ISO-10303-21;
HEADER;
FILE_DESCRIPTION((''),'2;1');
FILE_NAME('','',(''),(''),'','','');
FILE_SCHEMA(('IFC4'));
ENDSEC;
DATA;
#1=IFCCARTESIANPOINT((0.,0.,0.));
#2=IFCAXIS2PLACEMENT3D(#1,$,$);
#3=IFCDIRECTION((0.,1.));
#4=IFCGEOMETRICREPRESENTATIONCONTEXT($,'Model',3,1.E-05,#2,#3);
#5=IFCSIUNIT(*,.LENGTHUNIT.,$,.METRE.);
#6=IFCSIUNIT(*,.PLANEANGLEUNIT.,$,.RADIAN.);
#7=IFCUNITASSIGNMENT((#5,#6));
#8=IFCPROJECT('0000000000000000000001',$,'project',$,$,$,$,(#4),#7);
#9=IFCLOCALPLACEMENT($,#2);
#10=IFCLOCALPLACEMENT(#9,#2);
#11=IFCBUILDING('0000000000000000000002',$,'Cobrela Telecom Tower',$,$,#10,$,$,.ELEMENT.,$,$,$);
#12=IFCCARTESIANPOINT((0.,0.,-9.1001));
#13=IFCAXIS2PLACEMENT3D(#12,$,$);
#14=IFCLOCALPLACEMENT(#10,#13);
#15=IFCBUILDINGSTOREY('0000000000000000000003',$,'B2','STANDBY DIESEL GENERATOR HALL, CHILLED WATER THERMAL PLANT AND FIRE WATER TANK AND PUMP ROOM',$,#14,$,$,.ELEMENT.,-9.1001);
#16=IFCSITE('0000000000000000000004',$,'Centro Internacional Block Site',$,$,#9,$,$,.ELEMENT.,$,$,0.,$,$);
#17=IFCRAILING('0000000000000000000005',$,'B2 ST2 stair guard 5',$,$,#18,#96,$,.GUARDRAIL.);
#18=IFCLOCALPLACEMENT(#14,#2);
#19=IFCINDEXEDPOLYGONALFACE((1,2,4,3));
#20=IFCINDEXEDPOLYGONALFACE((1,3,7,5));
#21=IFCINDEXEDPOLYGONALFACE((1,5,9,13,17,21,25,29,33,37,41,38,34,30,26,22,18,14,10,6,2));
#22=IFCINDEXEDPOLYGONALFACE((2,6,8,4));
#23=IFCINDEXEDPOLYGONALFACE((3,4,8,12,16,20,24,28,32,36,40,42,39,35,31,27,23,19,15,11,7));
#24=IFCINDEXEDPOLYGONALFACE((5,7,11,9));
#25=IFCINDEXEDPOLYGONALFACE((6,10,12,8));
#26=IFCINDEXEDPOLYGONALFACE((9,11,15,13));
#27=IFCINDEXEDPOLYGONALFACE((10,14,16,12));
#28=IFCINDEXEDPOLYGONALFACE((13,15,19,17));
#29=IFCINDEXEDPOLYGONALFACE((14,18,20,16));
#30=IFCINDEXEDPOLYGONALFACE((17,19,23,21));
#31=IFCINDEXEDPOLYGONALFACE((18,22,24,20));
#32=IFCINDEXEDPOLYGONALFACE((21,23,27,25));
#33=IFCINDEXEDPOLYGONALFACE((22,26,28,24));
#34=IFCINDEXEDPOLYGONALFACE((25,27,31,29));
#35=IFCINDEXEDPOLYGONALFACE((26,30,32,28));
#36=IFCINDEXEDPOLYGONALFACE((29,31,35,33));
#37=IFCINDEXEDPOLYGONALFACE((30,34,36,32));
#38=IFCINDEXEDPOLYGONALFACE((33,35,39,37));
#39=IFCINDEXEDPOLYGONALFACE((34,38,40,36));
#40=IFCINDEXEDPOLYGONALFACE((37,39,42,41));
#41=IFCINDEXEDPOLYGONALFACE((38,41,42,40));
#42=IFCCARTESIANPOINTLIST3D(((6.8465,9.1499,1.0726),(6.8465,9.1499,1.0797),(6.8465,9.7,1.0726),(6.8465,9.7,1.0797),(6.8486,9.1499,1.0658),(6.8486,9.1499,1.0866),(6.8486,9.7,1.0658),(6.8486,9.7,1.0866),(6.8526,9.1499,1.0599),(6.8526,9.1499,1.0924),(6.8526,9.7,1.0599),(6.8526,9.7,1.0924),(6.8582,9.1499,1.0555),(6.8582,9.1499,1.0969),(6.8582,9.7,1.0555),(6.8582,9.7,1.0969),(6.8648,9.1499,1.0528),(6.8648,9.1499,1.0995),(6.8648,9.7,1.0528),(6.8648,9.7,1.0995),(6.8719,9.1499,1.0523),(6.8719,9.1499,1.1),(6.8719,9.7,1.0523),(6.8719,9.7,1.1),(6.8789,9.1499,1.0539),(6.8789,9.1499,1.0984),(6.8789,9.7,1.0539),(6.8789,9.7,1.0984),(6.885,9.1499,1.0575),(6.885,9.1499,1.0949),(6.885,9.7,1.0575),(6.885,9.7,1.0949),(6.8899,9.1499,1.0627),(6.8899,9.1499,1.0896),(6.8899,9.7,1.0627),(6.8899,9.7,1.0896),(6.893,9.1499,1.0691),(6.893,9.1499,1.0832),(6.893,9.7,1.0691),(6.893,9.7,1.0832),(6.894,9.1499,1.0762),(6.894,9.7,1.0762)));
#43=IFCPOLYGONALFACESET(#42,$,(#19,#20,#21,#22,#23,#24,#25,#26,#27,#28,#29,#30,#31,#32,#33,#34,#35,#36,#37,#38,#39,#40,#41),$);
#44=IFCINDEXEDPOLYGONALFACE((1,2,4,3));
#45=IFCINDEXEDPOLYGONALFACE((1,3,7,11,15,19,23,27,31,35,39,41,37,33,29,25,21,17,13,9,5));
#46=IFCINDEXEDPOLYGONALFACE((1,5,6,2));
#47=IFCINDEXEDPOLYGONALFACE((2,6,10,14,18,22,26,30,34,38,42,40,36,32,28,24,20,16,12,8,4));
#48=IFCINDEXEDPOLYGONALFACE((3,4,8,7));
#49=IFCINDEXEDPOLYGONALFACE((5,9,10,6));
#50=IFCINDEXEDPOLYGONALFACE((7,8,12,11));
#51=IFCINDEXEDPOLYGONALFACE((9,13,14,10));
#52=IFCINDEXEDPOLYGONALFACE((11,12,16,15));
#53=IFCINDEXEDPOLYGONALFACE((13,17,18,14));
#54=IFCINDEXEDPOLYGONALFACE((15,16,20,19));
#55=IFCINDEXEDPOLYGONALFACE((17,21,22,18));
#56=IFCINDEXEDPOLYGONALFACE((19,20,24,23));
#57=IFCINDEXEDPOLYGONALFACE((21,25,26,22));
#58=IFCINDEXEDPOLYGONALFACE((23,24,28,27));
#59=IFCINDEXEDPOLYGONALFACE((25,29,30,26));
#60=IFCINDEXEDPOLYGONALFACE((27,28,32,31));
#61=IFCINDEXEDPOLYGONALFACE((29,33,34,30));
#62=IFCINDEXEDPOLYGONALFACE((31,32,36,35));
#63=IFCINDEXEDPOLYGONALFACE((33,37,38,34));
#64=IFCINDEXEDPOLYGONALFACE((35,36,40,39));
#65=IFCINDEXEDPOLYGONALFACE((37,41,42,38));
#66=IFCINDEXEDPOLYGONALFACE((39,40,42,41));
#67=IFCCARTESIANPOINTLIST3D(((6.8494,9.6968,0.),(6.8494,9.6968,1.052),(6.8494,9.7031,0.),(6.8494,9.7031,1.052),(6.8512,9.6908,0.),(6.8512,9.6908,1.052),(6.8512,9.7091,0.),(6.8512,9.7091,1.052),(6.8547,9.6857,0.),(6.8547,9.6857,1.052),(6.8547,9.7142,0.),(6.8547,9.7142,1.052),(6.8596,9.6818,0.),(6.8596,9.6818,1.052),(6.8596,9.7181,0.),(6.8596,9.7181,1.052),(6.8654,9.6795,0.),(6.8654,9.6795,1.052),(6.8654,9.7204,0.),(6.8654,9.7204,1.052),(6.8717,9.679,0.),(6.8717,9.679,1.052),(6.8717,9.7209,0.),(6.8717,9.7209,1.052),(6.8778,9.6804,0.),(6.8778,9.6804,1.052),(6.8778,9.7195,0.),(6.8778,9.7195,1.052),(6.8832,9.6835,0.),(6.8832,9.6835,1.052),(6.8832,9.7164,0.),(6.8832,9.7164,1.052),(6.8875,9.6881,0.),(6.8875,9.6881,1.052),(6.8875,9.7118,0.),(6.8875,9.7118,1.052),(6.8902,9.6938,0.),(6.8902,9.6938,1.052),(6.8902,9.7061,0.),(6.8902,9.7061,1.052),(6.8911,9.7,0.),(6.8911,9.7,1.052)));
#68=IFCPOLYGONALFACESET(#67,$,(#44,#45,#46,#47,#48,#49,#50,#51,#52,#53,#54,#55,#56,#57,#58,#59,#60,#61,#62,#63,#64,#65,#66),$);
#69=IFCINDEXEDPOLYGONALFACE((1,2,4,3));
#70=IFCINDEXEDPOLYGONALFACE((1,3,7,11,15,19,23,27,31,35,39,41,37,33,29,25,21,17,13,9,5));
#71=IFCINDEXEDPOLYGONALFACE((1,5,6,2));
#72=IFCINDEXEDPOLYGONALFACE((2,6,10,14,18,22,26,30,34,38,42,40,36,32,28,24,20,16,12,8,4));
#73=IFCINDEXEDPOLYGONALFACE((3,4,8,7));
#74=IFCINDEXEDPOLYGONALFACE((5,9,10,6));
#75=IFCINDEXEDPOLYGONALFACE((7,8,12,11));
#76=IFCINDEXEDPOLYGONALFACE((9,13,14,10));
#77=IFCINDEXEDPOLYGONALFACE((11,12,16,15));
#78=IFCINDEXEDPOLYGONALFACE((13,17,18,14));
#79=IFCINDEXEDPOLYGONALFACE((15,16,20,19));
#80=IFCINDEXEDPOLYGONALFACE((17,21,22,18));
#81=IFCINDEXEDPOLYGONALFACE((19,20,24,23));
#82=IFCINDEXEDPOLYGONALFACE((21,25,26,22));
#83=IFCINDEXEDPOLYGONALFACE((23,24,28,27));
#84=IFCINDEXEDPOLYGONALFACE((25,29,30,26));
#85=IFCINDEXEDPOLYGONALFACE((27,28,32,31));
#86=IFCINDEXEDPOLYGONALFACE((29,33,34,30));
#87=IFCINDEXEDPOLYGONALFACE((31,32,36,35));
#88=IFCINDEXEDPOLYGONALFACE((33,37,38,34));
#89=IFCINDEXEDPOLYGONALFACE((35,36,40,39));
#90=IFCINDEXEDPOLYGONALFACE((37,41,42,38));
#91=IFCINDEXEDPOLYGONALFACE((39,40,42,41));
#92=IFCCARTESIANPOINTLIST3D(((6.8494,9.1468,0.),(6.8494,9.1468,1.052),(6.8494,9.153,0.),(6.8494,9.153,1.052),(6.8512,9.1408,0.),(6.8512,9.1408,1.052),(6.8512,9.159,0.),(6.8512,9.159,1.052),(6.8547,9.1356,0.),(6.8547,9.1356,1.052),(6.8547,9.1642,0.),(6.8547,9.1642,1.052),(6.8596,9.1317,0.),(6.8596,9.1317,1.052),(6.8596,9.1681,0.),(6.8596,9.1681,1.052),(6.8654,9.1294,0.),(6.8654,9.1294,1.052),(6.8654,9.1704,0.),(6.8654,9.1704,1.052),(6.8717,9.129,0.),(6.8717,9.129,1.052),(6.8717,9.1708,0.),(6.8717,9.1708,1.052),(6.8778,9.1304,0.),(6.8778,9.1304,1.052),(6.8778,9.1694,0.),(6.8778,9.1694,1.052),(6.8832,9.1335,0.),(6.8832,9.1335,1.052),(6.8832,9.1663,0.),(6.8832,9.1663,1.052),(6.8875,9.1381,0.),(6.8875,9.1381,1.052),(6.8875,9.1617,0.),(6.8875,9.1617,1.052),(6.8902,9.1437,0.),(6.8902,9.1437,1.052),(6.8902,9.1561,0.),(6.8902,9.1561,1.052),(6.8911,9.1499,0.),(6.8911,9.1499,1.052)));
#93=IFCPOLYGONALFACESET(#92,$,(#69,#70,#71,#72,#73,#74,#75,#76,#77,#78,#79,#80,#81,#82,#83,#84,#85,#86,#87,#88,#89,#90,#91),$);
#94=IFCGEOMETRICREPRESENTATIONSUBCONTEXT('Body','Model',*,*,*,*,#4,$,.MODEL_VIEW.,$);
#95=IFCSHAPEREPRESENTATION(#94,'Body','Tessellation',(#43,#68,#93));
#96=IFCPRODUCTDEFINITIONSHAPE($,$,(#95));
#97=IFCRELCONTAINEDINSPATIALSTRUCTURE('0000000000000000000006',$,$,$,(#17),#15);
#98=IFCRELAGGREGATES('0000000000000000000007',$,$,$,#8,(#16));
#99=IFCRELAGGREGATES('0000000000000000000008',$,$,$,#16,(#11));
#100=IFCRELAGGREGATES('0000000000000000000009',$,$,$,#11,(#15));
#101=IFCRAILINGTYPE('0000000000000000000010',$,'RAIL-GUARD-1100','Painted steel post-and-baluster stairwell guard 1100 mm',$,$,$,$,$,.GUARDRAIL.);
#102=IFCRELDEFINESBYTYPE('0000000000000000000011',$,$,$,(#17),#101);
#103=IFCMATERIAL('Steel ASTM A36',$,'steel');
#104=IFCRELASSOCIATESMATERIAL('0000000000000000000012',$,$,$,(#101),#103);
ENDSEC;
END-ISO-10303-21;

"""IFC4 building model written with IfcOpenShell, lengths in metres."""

from ifc_helpers import new_model, si_unit, direction, frame, origin, origin_2d, place, context, subcontext, project, spatial, circle, extrude, material, type_object, element, save


model = new_model("IFC4")

# Units and contexts
model_context = context("Model", 3, precision=1e-05, world=origin(), true_north=direction((0.0, 1.0)))
body_context = subcontext(model_context, "Body", "Model", "MODEL_VIEW")
ifc_project = project(units=[si_unit("LENGTHUNIT", "METRE"), si_unit("PLANEANGLEUNIT", "RADIAN")], contexts=[model_context])

# Site, building, storey
site_placement = place(None, origin())
site = spatial("IfcSite", under=ifc_project, at=site_placement, Name="Centro Internacional Block Site", CompositionType="ELEMENT", RefElevation=0.0)
building_placement = place(site_placement, origin())
building = spatial("IfcBuilding", under=site, at=building_placement, Name="Cobrela Telecom Tower", CompositionType="ELEMENT")
storey_placement = place(building_placement, frame((0.0, 0.0, -9.1001)))
storey = spatial("IfcBuildingStorey", under=building, at=storey_placement, Name="B2", Description="STANDBY DIESEL GENERATOR HALL, CHILLED WATER THERMAL PLANT AND FIRE WATER TANK AND PUMP ROOM", CompositionType="ELEMENT", Elevation=-9.1001)

# Shared definitions
ifc_material_1 = material(Name="Steel ASTM A36", Category="steel")

# Railing
railing_type_1 = type_object("IfcRailingType", Name="RAIL-GUARD-1100", Description="Painted steel post-and-baluster stairwell guard 1100 mm", PredefinedType="GUARDRAIL", material=ifc_material_1)
railing_1_placement = place(storey_placement, frame((6.8701, 9.7, 0.0)))
element("IfcRailing", 1, at=railing_1_placement, inside=storey, type_object=railing_type_1, Name="B2 ST2 stair guard 5", PredefinedType="GUARDRAIL", context=body_context, shape_type="SweptSolid", body=[
    extrude(circle(Radius=0.0239, at=origin_2d()), frame((0.0, 0.0, 1.0762), z_axis=(0.0, -1.0, 0.0), x_axis=(1.0, 0.0, 0.0)), (0.0, 0.0, 1.0), 0.55),
    extrude(circle(Radius=0.021, at=origin_2d()), origin(), (0.0, 0.0, 1.0), 1.052),
    extrude(circle(Radius=0.021, at=origin_2d()), frame((0.0, -0.55, 0.0)), (0.0, 0.0, 1.0), 1.052),
])

save(model, "model.ifc")
